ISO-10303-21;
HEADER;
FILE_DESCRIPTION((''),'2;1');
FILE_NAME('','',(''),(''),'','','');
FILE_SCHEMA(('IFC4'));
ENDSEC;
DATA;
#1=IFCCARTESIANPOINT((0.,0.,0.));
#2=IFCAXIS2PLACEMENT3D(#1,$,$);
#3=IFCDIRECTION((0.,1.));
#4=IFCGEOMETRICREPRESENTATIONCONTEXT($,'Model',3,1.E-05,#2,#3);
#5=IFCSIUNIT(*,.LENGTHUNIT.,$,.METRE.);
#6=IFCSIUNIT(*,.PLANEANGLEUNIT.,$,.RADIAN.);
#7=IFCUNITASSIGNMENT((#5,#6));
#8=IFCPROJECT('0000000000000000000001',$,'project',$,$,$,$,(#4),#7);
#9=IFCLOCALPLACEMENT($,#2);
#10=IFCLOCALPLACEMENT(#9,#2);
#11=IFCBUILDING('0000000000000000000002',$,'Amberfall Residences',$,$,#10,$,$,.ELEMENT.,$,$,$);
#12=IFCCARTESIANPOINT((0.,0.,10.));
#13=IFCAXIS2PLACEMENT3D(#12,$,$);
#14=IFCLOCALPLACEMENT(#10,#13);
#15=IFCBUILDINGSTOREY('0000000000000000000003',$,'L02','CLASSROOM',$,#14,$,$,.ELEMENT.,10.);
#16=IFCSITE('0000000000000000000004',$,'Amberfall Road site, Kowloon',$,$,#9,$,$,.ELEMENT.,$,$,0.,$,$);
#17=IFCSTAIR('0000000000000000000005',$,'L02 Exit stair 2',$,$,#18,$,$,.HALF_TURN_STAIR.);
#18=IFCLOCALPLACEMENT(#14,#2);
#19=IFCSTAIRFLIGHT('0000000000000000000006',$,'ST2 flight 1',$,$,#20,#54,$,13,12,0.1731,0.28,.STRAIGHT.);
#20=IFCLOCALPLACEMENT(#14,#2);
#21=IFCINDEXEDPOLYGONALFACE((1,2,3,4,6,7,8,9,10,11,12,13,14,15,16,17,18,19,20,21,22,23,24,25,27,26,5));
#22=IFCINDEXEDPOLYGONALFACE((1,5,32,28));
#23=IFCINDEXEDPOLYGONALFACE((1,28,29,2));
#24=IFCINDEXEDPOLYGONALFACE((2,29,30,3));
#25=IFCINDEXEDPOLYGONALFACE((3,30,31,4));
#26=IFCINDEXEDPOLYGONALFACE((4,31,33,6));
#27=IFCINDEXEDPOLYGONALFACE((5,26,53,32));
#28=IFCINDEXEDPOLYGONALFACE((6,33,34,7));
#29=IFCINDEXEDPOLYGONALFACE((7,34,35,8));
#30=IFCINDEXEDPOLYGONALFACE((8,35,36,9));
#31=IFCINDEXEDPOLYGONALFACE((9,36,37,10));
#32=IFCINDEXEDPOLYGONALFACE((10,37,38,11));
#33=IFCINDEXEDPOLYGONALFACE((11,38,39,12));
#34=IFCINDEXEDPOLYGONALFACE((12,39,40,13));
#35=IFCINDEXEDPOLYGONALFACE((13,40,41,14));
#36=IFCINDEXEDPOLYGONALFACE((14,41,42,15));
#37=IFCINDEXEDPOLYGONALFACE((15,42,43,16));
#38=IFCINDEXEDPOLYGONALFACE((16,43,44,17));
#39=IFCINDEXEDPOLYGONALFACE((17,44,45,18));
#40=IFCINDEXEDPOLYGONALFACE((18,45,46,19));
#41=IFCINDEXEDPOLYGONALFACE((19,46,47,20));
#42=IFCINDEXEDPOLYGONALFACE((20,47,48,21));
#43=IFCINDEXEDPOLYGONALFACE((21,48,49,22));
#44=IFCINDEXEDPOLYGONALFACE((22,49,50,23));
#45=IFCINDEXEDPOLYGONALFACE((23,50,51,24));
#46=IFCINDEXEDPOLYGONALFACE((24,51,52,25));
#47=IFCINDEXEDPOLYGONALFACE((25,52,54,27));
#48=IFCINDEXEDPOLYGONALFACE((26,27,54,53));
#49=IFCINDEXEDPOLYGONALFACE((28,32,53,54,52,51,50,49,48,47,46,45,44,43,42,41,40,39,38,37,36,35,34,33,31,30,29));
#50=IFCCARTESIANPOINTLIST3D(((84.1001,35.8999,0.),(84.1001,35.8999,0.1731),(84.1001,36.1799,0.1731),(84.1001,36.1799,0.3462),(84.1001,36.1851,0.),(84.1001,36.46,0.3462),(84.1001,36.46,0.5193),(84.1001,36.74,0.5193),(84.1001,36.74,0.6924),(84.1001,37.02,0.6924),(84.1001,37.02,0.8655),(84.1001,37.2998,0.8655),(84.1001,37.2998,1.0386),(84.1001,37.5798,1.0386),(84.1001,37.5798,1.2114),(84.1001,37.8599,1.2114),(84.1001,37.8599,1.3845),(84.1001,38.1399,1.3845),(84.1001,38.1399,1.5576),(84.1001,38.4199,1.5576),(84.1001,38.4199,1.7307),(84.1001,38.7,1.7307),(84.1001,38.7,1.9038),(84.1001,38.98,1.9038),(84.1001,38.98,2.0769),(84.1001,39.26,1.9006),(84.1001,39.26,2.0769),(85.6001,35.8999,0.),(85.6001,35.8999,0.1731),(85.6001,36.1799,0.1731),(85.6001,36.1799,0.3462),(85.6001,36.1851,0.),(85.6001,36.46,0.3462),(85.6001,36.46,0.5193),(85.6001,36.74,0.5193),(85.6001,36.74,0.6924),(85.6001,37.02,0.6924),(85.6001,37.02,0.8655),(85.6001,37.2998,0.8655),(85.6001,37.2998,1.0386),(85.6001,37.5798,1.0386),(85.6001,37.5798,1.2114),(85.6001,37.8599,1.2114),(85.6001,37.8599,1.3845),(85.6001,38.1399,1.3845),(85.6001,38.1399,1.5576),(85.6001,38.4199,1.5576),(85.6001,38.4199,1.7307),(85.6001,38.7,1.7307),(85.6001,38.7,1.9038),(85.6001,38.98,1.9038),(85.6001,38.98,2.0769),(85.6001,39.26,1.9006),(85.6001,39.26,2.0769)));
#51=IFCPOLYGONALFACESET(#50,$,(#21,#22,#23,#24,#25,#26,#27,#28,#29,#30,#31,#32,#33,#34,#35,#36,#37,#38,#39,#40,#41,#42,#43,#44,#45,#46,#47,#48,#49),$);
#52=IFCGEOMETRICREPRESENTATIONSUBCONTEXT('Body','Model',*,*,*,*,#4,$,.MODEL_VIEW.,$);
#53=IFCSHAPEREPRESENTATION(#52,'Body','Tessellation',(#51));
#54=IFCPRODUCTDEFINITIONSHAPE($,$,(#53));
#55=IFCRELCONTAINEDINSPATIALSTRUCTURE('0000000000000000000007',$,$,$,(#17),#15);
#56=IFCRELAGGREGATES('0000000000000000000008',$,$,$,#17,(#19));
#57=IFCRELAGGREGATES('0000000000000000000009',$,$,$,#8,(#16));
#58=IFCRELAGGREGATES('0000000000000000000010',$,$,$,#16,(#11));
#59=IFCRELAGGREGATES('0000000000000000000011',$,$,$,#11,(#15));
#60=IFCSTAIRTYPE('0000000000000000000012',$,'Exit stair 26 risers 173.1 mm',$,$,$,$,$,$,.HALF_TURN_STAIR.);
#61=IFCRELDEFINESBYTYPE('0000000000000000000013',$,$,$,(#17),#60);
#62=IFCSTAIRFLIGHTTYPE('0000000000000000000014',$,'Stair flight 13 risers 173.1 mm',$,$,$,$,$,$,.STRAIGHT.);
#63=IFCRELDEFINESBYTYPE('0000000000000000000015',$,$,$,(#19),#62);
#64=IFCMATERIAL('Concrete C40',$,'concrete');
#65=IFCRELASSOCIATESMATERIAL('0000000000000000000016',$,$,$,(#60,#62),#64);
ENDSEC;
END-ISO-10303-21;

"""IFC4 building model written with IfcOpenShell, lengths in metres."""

from ifc_helpers import new_model, si_unit, direction, frame, origin, place, context, subcontext, project, spatial, polyline, outline, extrude, material, type_object, element, aggregate, save


model = new_model("IFC4")

# Units and contexts
model_context = context("Model", 3, precision=1e-05, world=origin(), true_north=direction((0.0, 1.0)))
body_context = subcontext(model_context, "Body", "Model", "MODEL_VIEW")
ifc_project = project(units=[si_unit("LENGTHUNIT", "METRE"), si_unit("PLANEANGLEUNIT", "RADIAN")], contexts=[model_context])

# Site, building, storey
site_placement = place(None, origin())
site = spatial("IfcSite", under=ifc_project, at=site_placement, Name="Amberfall Road site, Kowloon", CompositionType="ELEMENT", RefElevation=0.0)
building_placement = place(site_placement, origin())
building = spatial("IfcBuilding", under=site, at=building_placement, Name="Amberfall Residences", CompositionType="ELEMENT")
storey_placement = place(building_placement, frame((0.0, 0.0, 10.0)))
storey = spatial("IfcBuildingStorey", under=building, at=storey_placement, Name="L02", Description="CLASSROOM", CompositionType="ELEMENT", Elevation=10.0)

# Stair, stair flight
ifc_material_1 = material(Name="Concrete C40", Category="concrete")
stair_type = type_object("IfcStairType", Name="Exit stair 26 risers 173.1 mm", PredefinedType="HALF_TURN_STAIR", material=ifc_material_1)
stair_flight_type = type_object("IfcStairFlightType", Name="Stair flight 13 risers 173.1 mm", PredefinedType="STRAIGHT", material=ifc_material_1)
stair_1_placement = place(storey_placement, origin())
stair_1 = element("IfcStair", 1, at=stair_1_placement, inside=storey, type_object=stair_type, Name="L02 Exit stair 2", PredefinedType="HALF_TURN_STAIR")
stair_flight_1_placement = place(storey_placement, frame((84.8501, 35.8999, 0.0), z_axis=(0.0, 0.0, 1.0), x_axis=(0.0, 1.0, 0.0)))
stair_flight_1 = element("IfcStairFlight", 2, at=stair_flight_1_placement, type_object=stair_flight_type, Name="ST2 flight 1", NumberOfRisers=13, NumberOfTreads=12, PredefinedType="STRAIGHT", RiserHeight=0.1731, TreadLength=0.28, context=body_context, shape_type="SweptSolid", body=[
    extrude(outline(polyline([(0.0, 0.0), (0.0, 0.1731), (0.28, 0.1731), (0.28, 0.3462), (0.5601, 0.3462), (0.5601, 0.5193), (0.8401, 0.5193), (0.8401, 0.6924), (1.1201, 0.6924), (1.1201, 0.8655), (1.3999, 0.8655), (1.3999, 1.0386), (1.6799, 1.0386), (1.6799, 1.2114), (1.96, 1.2114), (1.96, 1.3845), (2.24, 1.3845), (2.24, 1.5576), (2.52, 1.5576), (2.52, 1.7307), (2.8, 1.7307), (2.8, 1.9038), (3.0801, 1.9038), (3.0801, 2.0769), (3.3601, 2.0769), (3.3601, 2.25), (3.3601, 1.9006), (0.2852, 0.0), (0.0, 0.0)])), frame((0.0, 0.75, 0.0), z_axis=(0.0, -1.0, 0.0), x_axis=(1.0, 0.0, 0.0)), (0.0, 0.0, 1.0), 1.5),
])
aggregate(stair_1, [stair_flight_1])

save(model, "model.ifc")
